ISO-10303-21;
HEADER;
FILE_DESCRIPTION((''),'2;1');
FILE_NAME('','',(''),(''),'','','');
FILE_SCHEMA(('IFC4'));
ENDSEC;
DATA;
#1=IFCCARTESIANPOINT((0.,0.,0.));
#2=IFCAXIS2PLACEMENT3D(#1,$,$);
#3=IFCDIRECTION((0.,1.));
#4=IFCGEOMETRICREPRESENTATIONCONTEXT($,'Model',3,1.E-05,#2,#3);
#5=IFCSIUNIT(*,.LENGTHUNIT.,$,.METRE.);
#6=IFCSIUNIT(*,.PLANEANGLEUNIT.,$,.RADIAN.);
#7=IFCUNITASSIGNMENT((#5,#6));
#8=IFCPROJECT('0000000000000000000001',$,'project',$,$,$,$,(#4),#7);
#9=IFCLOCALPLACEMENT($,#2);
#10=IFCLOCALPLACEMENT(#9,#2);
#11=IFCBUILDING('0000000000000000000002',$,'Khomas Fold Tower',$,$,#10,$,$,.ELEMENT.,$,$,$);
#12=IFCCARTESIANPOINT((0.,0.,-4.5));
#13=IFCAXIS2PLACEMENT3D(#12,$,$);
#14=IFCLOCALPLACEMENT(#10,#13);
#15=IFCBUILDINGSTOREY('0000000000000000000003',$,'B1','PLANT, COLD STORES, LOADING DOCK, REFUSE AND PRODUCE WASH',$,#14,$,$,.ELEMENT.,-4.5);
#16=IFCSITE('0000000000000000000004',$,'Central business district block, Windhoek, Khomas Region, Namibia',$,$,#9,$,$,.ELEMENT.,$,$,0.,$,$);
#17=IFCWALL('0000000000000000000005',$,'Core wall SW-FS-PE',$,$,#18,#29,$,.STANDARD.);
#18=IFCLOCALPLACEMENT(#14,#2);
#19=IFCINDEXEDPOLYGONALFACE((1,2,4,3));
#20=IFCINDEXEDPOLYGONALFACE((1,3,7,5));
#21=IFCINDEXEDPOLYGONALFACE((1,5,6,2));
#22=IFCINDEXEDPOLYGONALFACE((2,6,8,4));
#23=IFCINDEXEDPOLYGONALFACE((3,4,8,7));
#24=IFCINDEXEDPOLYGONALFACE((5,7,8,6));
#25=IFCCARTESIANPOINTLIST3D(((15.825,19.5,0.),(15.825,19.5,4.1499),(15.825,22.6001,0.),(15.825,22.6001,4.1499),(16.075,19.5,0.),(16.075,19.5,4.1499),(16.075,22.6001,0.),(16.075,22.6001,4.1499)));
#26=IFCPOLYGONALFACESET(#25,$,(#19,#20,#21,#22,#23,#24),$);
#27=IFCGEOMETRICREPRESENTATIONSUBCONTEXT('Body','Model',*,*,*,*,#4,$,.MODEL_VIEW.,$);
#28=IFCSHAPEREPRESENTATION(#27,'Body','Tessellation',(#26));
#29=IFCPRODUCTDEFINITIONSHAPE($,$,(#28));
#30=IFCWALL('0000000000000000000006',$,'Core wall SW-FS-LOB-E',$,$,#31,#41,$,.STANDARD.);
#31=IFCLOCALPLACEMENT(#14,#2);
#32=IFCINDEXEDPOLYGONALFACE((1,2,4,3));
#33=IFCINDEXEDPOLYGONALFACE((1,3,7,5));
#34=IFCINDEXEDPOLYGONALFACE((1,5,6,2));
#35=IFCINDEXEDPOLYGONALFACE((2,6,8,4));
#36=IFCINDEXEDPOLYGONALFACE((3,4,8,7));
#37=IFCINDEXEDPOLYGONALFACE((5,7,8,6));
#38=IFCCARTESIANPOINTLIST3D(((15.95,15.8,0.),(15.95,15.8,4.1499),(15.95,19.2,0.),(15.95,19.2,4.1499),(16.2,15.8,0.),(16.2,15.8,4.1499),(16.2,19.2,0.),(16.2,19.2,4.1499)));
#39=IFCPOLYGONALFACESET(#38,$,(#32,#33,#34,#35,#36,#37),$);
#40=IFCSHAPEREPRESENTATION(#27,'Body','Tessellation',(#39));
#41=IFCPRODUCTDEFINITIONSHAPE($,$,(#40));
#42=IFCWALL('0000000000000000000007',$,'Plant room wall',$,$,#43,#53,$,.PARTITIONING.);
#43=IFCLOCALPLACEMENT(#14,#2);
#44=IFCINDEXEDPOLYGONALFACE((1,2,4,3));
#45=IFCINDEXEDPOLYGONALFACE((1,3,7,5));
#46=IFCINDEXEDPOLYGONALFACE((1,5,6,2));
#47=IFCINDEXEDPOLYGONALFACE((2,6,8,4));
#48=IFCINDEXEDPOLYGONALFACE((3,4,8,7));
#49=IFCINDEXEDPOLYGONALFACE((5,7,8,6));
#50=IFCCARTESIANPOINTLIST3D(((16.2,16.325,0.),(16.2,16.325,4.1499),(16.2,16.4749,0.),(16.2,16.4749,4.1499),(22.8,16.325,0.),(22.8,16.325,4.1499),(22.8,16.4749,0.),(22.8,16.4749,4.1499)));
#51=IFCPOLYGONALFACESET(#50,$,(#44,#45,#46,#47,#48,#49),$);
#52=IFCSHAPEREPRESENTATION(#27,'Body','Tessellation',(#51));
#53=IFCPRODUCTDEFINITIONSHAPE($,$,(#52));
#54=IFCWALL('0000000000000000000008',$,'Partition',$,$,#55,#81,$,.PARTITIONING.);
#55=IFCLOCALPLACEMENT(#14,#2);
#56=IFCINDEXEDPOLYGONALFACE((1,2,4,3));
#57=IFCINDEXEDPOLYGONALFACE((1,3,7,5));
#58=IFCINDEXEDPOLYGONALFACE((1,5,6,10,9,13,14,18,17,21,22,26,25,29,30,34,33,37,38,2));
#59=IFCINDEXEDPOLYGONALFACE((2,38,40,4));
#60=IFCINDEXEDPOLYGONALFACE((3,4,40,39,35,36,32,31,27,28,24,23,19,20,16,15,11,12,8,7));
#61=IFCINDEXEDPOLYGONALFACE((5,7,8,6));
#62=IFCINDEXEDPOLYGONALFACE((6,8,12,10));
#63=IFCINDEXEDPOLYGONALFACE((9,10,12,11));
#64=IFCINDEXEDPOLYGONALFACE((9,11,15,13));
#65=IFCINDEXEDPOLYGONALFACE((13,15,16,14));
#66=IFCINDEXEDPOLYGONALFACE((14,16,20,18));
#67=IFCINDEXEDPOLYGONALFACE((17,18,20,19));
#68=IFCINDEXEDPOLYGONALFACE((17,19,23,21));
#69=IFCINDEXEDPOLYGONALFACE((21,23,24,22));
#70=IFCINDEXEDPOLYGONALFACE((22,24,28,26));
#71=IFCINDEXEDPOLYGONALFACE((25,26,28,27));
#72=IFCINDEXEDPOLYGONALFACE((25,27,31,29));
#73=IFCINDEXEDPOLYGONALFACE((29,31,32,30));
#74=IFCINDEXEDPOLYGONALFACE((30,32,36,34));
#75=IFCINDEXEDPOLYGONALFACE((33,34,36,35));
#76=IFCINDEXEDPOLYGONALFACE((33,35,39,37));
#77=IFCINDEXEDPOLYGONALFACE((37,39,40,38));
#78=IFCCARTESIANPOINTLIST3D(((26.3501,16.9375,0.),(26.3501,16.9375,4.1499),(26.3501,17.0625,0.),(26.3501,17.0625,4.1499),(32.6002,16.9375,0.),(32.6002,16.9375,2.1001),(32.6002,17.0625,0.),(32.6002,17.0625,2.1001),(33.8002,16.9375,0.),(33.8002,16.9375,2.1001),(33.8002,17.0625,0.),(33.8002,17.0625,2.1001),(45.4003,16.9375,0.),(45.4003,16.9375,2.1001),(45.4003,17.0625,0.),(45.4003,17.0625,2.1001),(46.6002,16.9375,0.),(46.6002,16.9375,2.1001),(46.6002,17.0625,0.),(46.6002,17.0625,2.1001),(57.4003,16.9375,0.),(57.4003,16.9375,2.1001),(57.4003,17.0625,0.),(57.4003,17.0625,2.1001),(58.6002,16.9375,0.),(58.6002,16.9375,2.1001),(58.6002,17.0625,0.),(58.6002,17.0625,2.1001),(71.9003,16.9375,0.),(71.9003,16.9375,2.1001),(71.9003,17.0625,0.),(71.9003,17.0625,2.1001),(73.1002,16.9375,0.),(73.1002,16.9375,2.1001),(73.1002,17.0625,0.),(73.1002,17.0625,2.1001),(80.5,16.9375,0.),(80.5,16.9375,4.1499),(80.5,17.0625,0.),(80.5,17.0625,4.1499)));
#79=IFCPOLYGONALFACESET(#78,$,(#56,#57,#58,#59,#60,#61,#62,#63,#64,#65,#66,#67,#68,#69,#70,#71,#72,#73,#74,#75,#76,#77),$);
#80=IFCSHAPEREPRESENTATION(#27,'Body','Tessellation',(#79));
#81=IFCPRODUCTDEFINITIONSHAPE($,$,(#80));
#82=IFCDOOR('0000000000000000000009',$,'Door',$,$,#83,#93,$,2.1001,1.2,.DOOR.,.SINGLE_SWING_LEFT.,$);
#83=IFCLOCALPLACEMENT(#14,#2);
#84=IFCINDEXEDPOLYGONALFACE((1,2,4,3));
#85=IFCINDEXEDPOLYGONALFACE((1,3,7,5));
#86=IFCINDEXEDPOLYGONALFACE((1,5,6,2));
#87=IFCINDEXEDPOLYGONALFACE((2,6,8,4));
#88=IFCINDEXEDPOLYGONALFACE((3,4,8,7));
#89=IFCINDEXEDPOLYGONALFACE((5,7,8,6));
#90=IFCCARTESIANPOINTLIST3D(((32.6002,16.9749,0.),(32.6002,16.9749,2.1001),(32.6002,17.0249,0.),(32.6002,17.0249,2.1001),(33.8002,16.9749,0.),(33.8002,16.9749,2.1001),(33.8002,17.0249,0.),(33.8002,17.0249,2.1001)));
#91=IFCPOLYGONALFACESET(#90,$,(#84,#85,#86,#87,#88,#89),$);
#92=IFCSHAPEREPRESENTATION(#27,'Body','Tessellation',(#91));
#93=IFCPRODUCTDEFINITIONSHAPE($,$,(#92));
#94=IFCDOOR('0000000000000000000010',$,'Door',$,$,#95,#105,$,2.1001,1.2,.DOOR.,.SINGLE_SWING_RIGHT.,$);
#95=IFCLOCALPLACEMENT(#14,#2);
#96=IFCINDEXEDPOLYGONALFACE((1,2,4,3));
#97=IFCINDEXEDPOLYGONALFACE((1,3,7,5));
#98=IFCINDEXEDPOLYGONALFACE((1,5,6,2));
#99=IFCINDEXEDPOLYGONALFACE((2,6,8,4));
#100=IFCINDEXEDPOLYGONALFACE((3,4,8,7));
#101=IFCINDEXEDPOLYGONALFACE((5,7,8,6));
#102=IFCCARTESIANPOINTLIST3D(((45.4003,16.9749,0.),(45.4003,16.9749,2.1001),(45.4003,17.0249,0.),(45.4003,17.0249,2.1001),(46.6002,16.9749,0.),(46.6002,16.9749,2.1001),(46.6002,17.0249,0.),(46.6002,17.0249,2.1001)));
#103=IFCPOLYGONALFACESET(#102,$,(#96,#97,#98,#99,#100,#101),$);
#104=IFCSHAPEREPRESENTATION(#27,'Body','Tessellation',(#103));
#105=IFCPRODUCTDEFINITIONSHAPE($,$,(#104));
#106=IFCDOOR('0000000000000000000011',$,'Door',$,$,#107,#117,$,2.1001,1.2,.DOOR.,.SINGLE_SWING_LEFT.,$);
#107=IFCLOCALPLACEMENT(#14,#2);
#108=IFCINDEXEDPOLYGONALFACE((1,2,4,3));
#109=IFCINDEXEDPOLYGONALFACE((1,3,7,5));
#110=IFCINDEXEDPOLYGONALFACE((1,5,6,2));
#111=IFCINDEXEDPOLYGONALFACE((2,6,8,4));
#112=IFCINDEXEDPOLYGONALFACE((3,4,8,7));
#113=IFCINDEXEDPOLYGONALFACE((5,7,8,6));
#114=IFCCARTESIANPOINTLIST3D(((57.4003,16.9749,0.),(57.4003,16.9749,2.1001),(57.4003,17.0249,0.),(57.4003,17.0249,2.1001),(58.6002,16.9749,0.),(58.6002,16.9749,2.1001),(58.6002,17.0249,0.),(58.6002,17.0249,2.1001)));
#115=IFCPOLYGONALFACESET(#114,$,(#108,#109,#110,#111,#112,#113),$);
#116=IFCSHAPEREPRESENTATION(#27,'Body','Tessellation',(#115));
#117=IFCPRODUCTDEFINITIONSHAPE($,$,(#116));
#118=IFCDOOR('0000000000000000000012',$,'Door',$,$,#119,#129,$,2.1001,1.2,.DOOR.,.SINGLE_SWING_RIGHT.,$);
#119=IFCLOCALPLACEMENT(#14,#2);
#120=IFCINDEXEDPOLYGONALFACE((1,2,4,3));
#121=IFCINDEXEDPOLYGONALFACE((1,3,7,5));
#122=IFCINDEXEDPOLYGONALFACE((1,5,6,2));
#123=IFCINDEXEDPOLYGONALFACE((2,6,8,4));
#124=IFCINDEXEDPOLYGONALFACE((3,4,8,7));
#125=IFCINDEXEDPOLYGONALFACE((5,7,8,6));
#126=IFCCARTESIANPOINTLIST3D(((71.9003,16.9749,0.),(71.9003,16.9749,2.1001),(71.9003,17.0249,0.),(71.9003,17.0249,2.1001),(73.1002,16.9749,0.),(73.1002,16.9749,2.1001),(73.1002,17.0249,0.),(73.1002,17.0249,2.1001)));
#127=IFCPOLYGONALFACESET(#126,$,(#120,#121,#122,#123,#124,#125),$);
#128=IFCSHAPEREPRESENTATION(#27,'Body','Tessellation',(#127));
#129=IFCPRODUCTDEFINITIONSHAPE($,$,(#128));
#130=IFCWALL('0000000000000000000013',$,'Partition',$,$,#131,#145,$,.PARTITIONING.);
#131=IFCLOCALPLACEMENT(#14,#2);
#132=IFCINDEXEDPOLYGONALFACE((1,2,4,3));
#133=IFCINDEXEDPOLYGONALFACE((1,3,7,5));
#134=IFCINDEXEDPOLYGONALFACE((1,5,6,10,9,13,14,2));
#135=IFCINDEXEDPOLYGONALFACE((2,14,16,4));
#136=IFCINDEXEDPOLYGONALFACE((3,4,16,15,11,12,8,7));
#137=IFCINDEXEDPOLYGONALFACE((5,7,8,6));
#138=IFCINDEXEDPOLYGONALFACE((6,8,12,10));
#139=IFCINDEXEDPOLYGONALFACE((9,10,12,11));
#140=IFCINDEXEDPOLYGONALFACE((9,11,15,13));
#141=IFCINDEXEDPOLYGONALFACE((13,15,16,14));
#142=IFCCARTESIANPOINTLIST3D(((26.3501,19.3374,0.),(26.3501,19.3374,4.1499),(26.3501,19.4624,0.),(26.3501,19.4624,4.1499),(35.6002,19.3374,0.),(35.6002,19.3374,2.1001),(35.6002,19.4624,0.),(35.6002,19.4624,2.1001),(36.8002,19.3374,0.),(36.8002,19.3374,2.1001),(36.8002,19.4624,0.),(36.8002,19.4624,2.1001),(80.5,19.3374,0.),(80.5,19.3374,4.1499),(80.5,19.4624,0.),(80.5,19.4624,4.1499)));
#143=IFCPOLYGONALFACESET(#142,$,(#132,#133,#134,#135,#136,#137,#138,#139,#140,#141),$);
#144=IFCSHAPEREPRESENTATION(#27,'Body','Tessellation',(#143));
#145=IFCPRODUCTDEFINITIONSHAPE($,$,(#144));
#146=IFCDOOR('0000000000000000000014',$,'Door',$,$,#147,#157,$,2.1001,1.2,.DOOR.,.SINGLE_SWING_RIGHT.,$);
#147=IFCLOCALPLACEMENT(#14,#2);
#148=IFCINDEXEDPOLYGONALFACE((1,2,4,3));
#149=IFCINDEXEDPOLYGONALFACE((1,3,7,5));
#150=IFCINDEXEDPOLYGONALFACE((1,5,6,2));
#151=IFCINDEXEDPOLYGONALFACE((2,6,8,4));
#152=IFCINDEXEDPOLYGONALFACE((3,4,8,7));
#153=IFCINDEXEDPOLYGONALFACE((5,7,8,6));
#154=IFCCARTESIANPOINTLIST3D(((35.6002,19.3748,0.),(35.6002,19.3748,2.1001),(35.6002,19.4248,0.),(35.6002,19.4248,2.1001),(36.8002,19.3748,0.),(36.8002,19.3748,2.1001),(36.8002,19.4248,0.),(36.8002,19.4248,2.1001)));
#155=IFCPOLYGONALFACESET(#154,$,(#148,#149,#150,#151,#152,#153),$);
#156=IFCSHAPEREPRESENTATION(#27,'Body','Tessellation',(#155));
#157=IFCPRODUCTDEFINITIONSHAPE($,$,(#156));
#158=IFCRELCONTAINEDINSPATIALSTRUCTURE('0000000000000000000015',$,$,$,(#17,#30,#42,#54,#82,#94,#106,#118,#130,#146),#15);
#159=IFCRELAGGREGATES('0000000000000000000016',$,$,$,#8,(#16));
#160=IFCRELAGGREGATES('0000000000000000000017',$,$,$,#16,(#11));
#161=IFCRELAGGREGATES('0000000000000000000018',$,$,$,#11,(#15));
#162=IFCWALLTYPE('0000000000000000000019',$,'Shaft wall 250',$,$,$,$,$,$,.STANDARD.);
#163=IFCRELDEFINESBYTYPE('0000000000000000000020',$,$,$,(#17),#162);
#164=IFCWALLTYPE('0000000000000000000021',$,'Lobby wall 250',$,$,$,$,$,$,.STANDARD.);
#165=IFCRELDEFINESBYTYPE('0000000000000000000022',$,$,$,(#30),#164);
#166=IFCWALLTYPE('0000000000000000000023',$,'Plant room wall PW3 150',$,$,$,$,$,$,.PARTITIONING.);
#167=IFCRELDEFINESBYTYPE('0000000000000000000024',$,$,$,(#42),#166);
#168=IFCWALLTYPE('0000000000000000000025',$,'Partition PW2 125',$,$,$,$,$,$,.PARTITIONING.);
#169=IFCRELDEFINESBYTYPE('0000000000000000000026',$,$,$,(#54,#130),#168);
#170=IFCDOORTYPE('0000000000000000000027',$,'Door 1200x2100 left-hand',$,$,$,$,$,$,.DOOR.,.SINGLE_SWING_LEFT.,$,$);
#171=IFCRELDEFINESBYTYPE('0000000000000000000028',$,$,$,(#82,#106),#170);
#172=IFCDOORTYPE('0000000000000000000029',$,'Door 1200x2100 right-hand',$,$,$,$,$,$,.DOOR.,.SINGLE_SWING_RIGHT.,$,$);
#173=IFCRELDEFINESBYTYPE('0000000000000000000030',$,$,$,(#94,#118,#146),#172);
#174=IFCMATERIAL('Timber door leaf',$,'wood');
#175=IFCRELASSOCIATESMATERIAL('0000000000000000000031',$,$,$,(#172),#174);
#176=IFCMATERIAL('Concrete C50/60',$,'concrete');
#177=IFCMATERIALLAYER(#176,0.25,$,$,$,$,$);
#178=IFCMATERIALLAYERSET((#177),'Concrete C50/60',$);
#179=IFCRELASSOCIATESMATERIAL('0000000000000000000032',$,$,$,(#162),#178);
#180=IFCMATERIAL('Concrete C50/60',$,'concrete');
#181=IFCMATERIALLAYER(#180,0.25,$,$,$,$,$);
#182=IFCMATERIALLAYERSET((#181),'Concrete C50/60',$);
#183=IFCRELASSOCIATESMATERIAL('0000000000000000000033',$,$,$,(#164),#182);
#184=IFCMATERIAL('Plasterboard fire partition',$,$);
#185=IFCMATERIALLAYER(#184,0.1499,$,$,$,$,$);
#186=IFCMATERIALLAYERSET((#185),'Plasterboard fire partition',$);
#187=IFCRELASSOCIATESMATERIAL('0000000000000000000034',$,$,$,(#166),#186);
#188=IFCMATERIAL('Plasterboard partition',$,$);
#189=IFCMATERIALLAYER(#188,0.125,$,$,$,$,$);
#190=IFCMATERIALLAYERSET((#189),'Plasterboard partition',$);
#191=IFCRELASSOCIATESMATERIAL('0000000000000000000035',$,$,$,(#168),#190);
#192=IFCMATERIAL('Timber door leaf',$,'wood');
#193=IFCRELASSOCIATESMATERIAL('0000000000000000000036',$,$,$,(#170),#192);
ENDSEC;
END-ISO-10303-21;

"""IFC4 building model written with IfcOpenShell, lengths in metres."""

from ifc_helpers import new_model, si_unit, direction, frame, frame_2d, origin, place, context, subcontext, project, spatial, rectangle, extrude, source, transform, mapped, material, layer, layer_set, type_object, element, fill, save


model = new_model("IFC4")

# Units and contexts
model_context = context("Model", 3, precision=1e-05, world=origin(), true_north=direction((0.0, 1.0)))
body_context = subcontext(model_context, "Body", "Model", "MODEL_VIEW")
ifc_project = project(units=[si_unit("LENGTHUNIT", "METRE"), si_unit("PLANEANGLEUNIT", "RADIAN")], contexts=[model_context])

# Site, building, storey
site_placement = place(None, origin())
site = spatial("IfcSite", under=ifc_project, at=site_placement, Name="Central business district block, Windhoek, Khomas Region, Namibia", CompositionType="ELEMENT", RefElevation=0.0)
building_placement = place(site_placement, origin())
building = spatial("IfcBuilding", under=site, at=building_placement, Name="Khomas Fold Tower", CompositionType="ELEMENT")
storey_placement = place(building_placement, frame((0.0, 0.0, -4.5)))
storey = spatial("IfcBuildingStorey", under=building, at=storey_placement, Name="B1", Description="PLANT, COLD STORES, LOADING DOCK, REFUSE AND PRODUCE WASH", CompositionType="ELEMENT", Elevation=-4.5)

# Shared definitions
ifc_material_1 = material(Name="Timber door leaf", Category="wood")
door_type_1 = type_object("IfcDoorType", Name="Door 1200x2100 right-hand", OperationType="SINGLE_SWING_RIGHT", PredefinedType="DOOR", material=ifc_material_1)

# Walls
ifc_material_2 = material(Name="Concrete C50/60", Category="concrete")
ifc_layer_1 = layer(ifc_material_2, 0.25)
ifc_layer_set_1 = layer_set([ifc_layer_1], Name="Concrete C50/60")
wall_type_1 = type_object("IfcWallType", Name="Shaft wall 250", PredefinedType="STANDARD", material=ifc_layer_set_1)
shared_shape_1 = source(origin(), body_context, "Body", "SweptSolid", [
    extrude(rectangle(XDim=3.1001, YDim=0.25, at=frame_2d((1.55, 0.0))), origin(), (0.0, 0.0, 1.0), 4.1499),
])
wall_1_placement = place(storey_placement, frame((15.95, 19.5, 0.0), z_axis=(0.0, 0.0, 1.0), x_axis=(0.0, 1.0, 0.0)))
element("IfcWall", 1, at=wall_1_placement, inside=storey, type_object=wall_type_1, Name="Core wall SW-FS-PE", PredefinedType="STANDARD", context=body_context, shape_type="MappedRepresentation", body=[
    mapped(shared_shape_1, transform((0.0, 0.0, 0.0))),
])
ifc_material_3 = material(Name="Concrete C50/60", Category="concrete")
ifc_layer_2 = layer(ifc_material_3, 0.25)
ifc_layer_set_2 = layer_set([ifc_layer_2], Name="Concrete C50/60")
wall_type_2 = type_object("IfcWallType", Name="Lobby wall 250", PredefinedType="STANDARD", material=ifc_layer_set_2)
shared_shape_2 = source(origin(), body_context, "Body", "SweptSolid", [
    extrude(rectangle(XDim=3.3999, YDim=0.25, at=frame_2d((1.7, 0.0))), origin(), (0.0, 0.0, 1.0), 4.1499),
])
wall_2_placement = place(storey_placement, frame((16.075, 15.8, 0.0), z_axis=(0.0, 0.0, 1.0), x_axis=(0.0, 1.0, 0.0)))
element("IfcWall", 2, at=wall_2_placement, inside=storey, type_object=wall_type_2, Name="Core wall SW-FS-LOB-E", PredefinedType="STANDARD", context=body_context, shape_type="MappedRepresentation", body=[
    mapped(shared_shape_2, transform((0.0, 0.0, 0.0))),
])
ifc_material_4 = material(Name="Plasterboard fire partition")
ifc_layer_3 = layer(ifc_material_4, 0.1499)
ifc_layer_set_3 = layer_set([ifc_layer_3], Name="Plasterboard fire partition")
wall_type_3 = type_object("IfcWallType", Name="Plant room wall PW3 150", PredefinedType="PARTITIONING", material=ifc_layer_set_3)
shared_shape_3 = source(origin(), body_context, "Body", "SweptSolid", [
    extrude(rectangle(XDim=6.6001, YDim=0.1499, at=frame_2d((3.3, 0.0))), origin(), (0.0, 0.0, 1.0), 4.1499),
])
wall_3_placement = place(storey_placement, frame((16.2, 16.3999, 0.0), z_axis=(0.0, 0.0, 1.0), x_axis=(1.0, 0.0, 0.0)))
element("IfcWall", 3, at=wall_3_placement, inside=storey, type_object=wall_type_3, Name="Plant room wall", PredefinedType="PARTITIONING", context=body_context, shape_type="MappedRepresentation", body=[
    mapped(shared_shape_3, transform((0.0, 0.0, 0.0))),
])

# Wall, openings, doors
ifc_material_5 = material(Name="Plasterboard partition")
ifc_layer_4 = layer(ifc_material_5, 0.125)
ifc_layer_set_4 = layer_set([ifc_layer_4], Name="Plasterboard partition")
wall_type_4 = type_object("IfcWallType", Name="Partition PW2 125", PredefinedType="PARTITIONING", material=ifc_layer_set_4)
shared_shape_4 = source(origin(), body_context, "Body", "SweptSolid", [
    extrude(rectangle(XDim=54.1499, YDim=0.125, at=frame_2d((27.075, 0.0))), origin(), (0.0, 0.0, 1.0), 4.1499),
])
wall_4_placement = place(storey_placement, frame((26.3501, 17.0, 0.0), z_axis=(0.0, 0.0, 1.0), x_axis=(1.0, 0.0, 0.0)))
wall_4 = element("IfcWall", 4, at=wall_4_placement, inside=storey, type_object=wall_type_4, Name="Partition", PredefinedType="PARTITIONING", context=body_context, shape_type="MappedRepresentation", body=[
    mapped(shared_shape_4, transform((0.0, 0.0, 0.0))),
])
shared_shape_5 = source(origin(), body_context, "Body", "SweptSolid", [
    extrude(rectangle(XDim=1.2, YDim=2.1001, at=frame_2d((0.6001, 1.05))), frame((0.0, 0.0725, 0.0), z_axis=(0.0, -1.0, 0.0), x_axis=(1.0, 0.0, 0.0)), (0.0, 0.0, 1.0), 0.145),
])
opening_1_placement = place(wall_4_placement, frame((6.25, 0.0, 0.0)))
opening_1 = element("IfcOpeningElement", 5, at=opening_1_placement, cuts=wall_4, PredefinedType="OPENING", context=body_context, shape_type="MappedRepresentation", body=[
    mapped(shared_shape_5, transform((0.0, 0.0, 0.0))),
])
opening_2_placement = place(wall_4_placement, frame((19.05, 0.0, 0.0)))
opening_2 = element("IfcOpeningElement", 6, at=opening_2_placement, cuts=wall_4, PredefinedType="OPENING", context=body_context, shape_type="MappedRepresentation", body=[
    mapped(shared_shape_5, transform((0.0, 0.0, 0.0))),
])
opening_3_placement = place(wall_4_placement, frame((31.05, 0.0, 0.0)))
opening_3 = element("IfcOpeningElement", 7, at=opening_3_placement, cuts=wall_4, PredefinedType="OPENING", context=body_context, shape_type="MappedRepresentation", body=[
    mapped(shared_shape_5, transform((0.0, 0.0, 0.0))),
])
opening_4_placement = place(wall_4_placement, frame((45.55, 0.0, 0.0)))
opening_4 = element("IfcOpeningElement", 8, at=opening_4_placement, cuts=wall_4, PredefinedType="OPENING", context=body_context, shape_type="MappedRepresentation", body=[
    mapped(shared_shape_5, transform((0.0, 0.0, 0.0))),
])
ifc_material_6 = material(Name="Timber door leaf", Category="wood")
door_type_2 = type_object("IfcDoorType", Name="Door 1200x2100 left-hand", OperationType="SINGLE_SWING_LEFT", PredefinedType="DOOR", material=ifc_material_6)
shared_shape_6 = source(origin(), body_context, "Body", "SweptSolid", [
    extrude(rectangle(XDim=1.2, YDim=2.1001, at=frame_2d((0.6001, 1.05))), frame((0.0, 0.0249, 0.0), z_axis=(0.0, -1.0, 0.0), x_axis=(1.0, 0.0, 0.0)), (0.0, 0.0, 1.0), 0.05),
])
door_1_placement = place(opening_1_placement, origin())
door_1 = element("IfcDoor", 9, at=door_1_placement, inside=storey, type_object=door_type_2, Name="Door", OperationType="SINGLE_SWING_LEFT", OverallHeight=2.1001, OverallWidth=1.2, PredefinedType="DOOR", context=body_context, shape_type="MappedRepresentation", body=[
    mapped(shared_shape_6, transform((0.0, 0.0, 0.0))),
])
fill(opening_1, door_1)
door_2_placement = place(opening_2_placement, origin())
door_2 = element("IfcDoor", 10, at=door_2_placement, inside=storey, type_object=door_type_1, Name="Door", OperationType="SINGLE_SWING_RIGHT", OverallHeight=2.1001, OverallWidth=1.2, PredefinedType="DOOR", context=body_context, shape_type="MappedRepresentation", body=[
    mapped(shared_shape_6, transform((0.0, 0.0, 0.0))),
])
fill(opening_2, door_2)
door_3_placement = place(opening_3_placement, origin())
door_3 = element("IfcDoor", 11, at=door_3_placement, inside=storey, type_object=door_type_2, Name="Door", OperationType="SINGLE_SWING_LEFT", OverallHeight=2.1001, OverallWidth=1.2, PredefinedType="DOOR", context=body_context, shape_type="MappedRepresentation", body=[
    mapped(shared_shape_6, transform((0.0, 0.0, 0.0))),
])
fill(opening_3, door_3)
door_4_placement = place(opening_4_placement, origin())
door_4 = element("IfcDoor", 12, at=door_4_placement, inside=storey, type_object=door_type_1, Name="Door", OperationType="SINGLE_SWING_RIGHT", OverallHeight=2.1001, OverallWidth=1.2, PredefinedType="DOOR", context=body_context, shape_type="MappedRepresentation", body=[
    mapped(shared_shape_6, transform((0.0, 0.0, 0.0))),
])
fill(opening_4, door_4)

# Wall, opening, door
wall_5_placement = place(storey_placement, frame((26.3501, 19.3999, 0.0), z_axis=(0.0, 0.0, 1.0), x_axis=(1.0, 0.0, 0.0)))
wall_5 = element("IfcWall", 13, at=wall_5_placement, inside=storey, type_object=wall_type_4, Name="Partition", PredefinedType="PARTITIONING", context=body_context, shape_type="MappedRepresentation", body=[
    mapped(shared_shape_4, transform((0.0, 0.0, 0.0))),
])
opening_5_placement = place(wall_5_placement, frame((9.25, 0.0, 0.0)))
opening_5 = element("IfcOpeningElement", 14, at=opening_5_placement, cuts=wall_5, PredefinedType="OPENING", context=body_context, shape_type="MappedRepresentation", body=[
    mapped(shared_shape_5, transform((0.0, 0.0, 0.0))),
])
door_5_placement = place(opening_5_placement, origin())
door_5 = element("IfcDoor", 15, at=door_5_placement, inside=storey, type_object=door_type_1, Name="Door", OperationType="SINGLE_SWING_RIGHT", OverallHeight=2.1001, OverallWidth=1.2, PredefinedType="DOOR", context=body_context, shape_type="MappedRepresentation", body=[
    mapped(shared_shape_6, transform((0.0, 0.0, 0.0))),
])
fill(opening_5, door_5)

save(model, "model.ifc")
